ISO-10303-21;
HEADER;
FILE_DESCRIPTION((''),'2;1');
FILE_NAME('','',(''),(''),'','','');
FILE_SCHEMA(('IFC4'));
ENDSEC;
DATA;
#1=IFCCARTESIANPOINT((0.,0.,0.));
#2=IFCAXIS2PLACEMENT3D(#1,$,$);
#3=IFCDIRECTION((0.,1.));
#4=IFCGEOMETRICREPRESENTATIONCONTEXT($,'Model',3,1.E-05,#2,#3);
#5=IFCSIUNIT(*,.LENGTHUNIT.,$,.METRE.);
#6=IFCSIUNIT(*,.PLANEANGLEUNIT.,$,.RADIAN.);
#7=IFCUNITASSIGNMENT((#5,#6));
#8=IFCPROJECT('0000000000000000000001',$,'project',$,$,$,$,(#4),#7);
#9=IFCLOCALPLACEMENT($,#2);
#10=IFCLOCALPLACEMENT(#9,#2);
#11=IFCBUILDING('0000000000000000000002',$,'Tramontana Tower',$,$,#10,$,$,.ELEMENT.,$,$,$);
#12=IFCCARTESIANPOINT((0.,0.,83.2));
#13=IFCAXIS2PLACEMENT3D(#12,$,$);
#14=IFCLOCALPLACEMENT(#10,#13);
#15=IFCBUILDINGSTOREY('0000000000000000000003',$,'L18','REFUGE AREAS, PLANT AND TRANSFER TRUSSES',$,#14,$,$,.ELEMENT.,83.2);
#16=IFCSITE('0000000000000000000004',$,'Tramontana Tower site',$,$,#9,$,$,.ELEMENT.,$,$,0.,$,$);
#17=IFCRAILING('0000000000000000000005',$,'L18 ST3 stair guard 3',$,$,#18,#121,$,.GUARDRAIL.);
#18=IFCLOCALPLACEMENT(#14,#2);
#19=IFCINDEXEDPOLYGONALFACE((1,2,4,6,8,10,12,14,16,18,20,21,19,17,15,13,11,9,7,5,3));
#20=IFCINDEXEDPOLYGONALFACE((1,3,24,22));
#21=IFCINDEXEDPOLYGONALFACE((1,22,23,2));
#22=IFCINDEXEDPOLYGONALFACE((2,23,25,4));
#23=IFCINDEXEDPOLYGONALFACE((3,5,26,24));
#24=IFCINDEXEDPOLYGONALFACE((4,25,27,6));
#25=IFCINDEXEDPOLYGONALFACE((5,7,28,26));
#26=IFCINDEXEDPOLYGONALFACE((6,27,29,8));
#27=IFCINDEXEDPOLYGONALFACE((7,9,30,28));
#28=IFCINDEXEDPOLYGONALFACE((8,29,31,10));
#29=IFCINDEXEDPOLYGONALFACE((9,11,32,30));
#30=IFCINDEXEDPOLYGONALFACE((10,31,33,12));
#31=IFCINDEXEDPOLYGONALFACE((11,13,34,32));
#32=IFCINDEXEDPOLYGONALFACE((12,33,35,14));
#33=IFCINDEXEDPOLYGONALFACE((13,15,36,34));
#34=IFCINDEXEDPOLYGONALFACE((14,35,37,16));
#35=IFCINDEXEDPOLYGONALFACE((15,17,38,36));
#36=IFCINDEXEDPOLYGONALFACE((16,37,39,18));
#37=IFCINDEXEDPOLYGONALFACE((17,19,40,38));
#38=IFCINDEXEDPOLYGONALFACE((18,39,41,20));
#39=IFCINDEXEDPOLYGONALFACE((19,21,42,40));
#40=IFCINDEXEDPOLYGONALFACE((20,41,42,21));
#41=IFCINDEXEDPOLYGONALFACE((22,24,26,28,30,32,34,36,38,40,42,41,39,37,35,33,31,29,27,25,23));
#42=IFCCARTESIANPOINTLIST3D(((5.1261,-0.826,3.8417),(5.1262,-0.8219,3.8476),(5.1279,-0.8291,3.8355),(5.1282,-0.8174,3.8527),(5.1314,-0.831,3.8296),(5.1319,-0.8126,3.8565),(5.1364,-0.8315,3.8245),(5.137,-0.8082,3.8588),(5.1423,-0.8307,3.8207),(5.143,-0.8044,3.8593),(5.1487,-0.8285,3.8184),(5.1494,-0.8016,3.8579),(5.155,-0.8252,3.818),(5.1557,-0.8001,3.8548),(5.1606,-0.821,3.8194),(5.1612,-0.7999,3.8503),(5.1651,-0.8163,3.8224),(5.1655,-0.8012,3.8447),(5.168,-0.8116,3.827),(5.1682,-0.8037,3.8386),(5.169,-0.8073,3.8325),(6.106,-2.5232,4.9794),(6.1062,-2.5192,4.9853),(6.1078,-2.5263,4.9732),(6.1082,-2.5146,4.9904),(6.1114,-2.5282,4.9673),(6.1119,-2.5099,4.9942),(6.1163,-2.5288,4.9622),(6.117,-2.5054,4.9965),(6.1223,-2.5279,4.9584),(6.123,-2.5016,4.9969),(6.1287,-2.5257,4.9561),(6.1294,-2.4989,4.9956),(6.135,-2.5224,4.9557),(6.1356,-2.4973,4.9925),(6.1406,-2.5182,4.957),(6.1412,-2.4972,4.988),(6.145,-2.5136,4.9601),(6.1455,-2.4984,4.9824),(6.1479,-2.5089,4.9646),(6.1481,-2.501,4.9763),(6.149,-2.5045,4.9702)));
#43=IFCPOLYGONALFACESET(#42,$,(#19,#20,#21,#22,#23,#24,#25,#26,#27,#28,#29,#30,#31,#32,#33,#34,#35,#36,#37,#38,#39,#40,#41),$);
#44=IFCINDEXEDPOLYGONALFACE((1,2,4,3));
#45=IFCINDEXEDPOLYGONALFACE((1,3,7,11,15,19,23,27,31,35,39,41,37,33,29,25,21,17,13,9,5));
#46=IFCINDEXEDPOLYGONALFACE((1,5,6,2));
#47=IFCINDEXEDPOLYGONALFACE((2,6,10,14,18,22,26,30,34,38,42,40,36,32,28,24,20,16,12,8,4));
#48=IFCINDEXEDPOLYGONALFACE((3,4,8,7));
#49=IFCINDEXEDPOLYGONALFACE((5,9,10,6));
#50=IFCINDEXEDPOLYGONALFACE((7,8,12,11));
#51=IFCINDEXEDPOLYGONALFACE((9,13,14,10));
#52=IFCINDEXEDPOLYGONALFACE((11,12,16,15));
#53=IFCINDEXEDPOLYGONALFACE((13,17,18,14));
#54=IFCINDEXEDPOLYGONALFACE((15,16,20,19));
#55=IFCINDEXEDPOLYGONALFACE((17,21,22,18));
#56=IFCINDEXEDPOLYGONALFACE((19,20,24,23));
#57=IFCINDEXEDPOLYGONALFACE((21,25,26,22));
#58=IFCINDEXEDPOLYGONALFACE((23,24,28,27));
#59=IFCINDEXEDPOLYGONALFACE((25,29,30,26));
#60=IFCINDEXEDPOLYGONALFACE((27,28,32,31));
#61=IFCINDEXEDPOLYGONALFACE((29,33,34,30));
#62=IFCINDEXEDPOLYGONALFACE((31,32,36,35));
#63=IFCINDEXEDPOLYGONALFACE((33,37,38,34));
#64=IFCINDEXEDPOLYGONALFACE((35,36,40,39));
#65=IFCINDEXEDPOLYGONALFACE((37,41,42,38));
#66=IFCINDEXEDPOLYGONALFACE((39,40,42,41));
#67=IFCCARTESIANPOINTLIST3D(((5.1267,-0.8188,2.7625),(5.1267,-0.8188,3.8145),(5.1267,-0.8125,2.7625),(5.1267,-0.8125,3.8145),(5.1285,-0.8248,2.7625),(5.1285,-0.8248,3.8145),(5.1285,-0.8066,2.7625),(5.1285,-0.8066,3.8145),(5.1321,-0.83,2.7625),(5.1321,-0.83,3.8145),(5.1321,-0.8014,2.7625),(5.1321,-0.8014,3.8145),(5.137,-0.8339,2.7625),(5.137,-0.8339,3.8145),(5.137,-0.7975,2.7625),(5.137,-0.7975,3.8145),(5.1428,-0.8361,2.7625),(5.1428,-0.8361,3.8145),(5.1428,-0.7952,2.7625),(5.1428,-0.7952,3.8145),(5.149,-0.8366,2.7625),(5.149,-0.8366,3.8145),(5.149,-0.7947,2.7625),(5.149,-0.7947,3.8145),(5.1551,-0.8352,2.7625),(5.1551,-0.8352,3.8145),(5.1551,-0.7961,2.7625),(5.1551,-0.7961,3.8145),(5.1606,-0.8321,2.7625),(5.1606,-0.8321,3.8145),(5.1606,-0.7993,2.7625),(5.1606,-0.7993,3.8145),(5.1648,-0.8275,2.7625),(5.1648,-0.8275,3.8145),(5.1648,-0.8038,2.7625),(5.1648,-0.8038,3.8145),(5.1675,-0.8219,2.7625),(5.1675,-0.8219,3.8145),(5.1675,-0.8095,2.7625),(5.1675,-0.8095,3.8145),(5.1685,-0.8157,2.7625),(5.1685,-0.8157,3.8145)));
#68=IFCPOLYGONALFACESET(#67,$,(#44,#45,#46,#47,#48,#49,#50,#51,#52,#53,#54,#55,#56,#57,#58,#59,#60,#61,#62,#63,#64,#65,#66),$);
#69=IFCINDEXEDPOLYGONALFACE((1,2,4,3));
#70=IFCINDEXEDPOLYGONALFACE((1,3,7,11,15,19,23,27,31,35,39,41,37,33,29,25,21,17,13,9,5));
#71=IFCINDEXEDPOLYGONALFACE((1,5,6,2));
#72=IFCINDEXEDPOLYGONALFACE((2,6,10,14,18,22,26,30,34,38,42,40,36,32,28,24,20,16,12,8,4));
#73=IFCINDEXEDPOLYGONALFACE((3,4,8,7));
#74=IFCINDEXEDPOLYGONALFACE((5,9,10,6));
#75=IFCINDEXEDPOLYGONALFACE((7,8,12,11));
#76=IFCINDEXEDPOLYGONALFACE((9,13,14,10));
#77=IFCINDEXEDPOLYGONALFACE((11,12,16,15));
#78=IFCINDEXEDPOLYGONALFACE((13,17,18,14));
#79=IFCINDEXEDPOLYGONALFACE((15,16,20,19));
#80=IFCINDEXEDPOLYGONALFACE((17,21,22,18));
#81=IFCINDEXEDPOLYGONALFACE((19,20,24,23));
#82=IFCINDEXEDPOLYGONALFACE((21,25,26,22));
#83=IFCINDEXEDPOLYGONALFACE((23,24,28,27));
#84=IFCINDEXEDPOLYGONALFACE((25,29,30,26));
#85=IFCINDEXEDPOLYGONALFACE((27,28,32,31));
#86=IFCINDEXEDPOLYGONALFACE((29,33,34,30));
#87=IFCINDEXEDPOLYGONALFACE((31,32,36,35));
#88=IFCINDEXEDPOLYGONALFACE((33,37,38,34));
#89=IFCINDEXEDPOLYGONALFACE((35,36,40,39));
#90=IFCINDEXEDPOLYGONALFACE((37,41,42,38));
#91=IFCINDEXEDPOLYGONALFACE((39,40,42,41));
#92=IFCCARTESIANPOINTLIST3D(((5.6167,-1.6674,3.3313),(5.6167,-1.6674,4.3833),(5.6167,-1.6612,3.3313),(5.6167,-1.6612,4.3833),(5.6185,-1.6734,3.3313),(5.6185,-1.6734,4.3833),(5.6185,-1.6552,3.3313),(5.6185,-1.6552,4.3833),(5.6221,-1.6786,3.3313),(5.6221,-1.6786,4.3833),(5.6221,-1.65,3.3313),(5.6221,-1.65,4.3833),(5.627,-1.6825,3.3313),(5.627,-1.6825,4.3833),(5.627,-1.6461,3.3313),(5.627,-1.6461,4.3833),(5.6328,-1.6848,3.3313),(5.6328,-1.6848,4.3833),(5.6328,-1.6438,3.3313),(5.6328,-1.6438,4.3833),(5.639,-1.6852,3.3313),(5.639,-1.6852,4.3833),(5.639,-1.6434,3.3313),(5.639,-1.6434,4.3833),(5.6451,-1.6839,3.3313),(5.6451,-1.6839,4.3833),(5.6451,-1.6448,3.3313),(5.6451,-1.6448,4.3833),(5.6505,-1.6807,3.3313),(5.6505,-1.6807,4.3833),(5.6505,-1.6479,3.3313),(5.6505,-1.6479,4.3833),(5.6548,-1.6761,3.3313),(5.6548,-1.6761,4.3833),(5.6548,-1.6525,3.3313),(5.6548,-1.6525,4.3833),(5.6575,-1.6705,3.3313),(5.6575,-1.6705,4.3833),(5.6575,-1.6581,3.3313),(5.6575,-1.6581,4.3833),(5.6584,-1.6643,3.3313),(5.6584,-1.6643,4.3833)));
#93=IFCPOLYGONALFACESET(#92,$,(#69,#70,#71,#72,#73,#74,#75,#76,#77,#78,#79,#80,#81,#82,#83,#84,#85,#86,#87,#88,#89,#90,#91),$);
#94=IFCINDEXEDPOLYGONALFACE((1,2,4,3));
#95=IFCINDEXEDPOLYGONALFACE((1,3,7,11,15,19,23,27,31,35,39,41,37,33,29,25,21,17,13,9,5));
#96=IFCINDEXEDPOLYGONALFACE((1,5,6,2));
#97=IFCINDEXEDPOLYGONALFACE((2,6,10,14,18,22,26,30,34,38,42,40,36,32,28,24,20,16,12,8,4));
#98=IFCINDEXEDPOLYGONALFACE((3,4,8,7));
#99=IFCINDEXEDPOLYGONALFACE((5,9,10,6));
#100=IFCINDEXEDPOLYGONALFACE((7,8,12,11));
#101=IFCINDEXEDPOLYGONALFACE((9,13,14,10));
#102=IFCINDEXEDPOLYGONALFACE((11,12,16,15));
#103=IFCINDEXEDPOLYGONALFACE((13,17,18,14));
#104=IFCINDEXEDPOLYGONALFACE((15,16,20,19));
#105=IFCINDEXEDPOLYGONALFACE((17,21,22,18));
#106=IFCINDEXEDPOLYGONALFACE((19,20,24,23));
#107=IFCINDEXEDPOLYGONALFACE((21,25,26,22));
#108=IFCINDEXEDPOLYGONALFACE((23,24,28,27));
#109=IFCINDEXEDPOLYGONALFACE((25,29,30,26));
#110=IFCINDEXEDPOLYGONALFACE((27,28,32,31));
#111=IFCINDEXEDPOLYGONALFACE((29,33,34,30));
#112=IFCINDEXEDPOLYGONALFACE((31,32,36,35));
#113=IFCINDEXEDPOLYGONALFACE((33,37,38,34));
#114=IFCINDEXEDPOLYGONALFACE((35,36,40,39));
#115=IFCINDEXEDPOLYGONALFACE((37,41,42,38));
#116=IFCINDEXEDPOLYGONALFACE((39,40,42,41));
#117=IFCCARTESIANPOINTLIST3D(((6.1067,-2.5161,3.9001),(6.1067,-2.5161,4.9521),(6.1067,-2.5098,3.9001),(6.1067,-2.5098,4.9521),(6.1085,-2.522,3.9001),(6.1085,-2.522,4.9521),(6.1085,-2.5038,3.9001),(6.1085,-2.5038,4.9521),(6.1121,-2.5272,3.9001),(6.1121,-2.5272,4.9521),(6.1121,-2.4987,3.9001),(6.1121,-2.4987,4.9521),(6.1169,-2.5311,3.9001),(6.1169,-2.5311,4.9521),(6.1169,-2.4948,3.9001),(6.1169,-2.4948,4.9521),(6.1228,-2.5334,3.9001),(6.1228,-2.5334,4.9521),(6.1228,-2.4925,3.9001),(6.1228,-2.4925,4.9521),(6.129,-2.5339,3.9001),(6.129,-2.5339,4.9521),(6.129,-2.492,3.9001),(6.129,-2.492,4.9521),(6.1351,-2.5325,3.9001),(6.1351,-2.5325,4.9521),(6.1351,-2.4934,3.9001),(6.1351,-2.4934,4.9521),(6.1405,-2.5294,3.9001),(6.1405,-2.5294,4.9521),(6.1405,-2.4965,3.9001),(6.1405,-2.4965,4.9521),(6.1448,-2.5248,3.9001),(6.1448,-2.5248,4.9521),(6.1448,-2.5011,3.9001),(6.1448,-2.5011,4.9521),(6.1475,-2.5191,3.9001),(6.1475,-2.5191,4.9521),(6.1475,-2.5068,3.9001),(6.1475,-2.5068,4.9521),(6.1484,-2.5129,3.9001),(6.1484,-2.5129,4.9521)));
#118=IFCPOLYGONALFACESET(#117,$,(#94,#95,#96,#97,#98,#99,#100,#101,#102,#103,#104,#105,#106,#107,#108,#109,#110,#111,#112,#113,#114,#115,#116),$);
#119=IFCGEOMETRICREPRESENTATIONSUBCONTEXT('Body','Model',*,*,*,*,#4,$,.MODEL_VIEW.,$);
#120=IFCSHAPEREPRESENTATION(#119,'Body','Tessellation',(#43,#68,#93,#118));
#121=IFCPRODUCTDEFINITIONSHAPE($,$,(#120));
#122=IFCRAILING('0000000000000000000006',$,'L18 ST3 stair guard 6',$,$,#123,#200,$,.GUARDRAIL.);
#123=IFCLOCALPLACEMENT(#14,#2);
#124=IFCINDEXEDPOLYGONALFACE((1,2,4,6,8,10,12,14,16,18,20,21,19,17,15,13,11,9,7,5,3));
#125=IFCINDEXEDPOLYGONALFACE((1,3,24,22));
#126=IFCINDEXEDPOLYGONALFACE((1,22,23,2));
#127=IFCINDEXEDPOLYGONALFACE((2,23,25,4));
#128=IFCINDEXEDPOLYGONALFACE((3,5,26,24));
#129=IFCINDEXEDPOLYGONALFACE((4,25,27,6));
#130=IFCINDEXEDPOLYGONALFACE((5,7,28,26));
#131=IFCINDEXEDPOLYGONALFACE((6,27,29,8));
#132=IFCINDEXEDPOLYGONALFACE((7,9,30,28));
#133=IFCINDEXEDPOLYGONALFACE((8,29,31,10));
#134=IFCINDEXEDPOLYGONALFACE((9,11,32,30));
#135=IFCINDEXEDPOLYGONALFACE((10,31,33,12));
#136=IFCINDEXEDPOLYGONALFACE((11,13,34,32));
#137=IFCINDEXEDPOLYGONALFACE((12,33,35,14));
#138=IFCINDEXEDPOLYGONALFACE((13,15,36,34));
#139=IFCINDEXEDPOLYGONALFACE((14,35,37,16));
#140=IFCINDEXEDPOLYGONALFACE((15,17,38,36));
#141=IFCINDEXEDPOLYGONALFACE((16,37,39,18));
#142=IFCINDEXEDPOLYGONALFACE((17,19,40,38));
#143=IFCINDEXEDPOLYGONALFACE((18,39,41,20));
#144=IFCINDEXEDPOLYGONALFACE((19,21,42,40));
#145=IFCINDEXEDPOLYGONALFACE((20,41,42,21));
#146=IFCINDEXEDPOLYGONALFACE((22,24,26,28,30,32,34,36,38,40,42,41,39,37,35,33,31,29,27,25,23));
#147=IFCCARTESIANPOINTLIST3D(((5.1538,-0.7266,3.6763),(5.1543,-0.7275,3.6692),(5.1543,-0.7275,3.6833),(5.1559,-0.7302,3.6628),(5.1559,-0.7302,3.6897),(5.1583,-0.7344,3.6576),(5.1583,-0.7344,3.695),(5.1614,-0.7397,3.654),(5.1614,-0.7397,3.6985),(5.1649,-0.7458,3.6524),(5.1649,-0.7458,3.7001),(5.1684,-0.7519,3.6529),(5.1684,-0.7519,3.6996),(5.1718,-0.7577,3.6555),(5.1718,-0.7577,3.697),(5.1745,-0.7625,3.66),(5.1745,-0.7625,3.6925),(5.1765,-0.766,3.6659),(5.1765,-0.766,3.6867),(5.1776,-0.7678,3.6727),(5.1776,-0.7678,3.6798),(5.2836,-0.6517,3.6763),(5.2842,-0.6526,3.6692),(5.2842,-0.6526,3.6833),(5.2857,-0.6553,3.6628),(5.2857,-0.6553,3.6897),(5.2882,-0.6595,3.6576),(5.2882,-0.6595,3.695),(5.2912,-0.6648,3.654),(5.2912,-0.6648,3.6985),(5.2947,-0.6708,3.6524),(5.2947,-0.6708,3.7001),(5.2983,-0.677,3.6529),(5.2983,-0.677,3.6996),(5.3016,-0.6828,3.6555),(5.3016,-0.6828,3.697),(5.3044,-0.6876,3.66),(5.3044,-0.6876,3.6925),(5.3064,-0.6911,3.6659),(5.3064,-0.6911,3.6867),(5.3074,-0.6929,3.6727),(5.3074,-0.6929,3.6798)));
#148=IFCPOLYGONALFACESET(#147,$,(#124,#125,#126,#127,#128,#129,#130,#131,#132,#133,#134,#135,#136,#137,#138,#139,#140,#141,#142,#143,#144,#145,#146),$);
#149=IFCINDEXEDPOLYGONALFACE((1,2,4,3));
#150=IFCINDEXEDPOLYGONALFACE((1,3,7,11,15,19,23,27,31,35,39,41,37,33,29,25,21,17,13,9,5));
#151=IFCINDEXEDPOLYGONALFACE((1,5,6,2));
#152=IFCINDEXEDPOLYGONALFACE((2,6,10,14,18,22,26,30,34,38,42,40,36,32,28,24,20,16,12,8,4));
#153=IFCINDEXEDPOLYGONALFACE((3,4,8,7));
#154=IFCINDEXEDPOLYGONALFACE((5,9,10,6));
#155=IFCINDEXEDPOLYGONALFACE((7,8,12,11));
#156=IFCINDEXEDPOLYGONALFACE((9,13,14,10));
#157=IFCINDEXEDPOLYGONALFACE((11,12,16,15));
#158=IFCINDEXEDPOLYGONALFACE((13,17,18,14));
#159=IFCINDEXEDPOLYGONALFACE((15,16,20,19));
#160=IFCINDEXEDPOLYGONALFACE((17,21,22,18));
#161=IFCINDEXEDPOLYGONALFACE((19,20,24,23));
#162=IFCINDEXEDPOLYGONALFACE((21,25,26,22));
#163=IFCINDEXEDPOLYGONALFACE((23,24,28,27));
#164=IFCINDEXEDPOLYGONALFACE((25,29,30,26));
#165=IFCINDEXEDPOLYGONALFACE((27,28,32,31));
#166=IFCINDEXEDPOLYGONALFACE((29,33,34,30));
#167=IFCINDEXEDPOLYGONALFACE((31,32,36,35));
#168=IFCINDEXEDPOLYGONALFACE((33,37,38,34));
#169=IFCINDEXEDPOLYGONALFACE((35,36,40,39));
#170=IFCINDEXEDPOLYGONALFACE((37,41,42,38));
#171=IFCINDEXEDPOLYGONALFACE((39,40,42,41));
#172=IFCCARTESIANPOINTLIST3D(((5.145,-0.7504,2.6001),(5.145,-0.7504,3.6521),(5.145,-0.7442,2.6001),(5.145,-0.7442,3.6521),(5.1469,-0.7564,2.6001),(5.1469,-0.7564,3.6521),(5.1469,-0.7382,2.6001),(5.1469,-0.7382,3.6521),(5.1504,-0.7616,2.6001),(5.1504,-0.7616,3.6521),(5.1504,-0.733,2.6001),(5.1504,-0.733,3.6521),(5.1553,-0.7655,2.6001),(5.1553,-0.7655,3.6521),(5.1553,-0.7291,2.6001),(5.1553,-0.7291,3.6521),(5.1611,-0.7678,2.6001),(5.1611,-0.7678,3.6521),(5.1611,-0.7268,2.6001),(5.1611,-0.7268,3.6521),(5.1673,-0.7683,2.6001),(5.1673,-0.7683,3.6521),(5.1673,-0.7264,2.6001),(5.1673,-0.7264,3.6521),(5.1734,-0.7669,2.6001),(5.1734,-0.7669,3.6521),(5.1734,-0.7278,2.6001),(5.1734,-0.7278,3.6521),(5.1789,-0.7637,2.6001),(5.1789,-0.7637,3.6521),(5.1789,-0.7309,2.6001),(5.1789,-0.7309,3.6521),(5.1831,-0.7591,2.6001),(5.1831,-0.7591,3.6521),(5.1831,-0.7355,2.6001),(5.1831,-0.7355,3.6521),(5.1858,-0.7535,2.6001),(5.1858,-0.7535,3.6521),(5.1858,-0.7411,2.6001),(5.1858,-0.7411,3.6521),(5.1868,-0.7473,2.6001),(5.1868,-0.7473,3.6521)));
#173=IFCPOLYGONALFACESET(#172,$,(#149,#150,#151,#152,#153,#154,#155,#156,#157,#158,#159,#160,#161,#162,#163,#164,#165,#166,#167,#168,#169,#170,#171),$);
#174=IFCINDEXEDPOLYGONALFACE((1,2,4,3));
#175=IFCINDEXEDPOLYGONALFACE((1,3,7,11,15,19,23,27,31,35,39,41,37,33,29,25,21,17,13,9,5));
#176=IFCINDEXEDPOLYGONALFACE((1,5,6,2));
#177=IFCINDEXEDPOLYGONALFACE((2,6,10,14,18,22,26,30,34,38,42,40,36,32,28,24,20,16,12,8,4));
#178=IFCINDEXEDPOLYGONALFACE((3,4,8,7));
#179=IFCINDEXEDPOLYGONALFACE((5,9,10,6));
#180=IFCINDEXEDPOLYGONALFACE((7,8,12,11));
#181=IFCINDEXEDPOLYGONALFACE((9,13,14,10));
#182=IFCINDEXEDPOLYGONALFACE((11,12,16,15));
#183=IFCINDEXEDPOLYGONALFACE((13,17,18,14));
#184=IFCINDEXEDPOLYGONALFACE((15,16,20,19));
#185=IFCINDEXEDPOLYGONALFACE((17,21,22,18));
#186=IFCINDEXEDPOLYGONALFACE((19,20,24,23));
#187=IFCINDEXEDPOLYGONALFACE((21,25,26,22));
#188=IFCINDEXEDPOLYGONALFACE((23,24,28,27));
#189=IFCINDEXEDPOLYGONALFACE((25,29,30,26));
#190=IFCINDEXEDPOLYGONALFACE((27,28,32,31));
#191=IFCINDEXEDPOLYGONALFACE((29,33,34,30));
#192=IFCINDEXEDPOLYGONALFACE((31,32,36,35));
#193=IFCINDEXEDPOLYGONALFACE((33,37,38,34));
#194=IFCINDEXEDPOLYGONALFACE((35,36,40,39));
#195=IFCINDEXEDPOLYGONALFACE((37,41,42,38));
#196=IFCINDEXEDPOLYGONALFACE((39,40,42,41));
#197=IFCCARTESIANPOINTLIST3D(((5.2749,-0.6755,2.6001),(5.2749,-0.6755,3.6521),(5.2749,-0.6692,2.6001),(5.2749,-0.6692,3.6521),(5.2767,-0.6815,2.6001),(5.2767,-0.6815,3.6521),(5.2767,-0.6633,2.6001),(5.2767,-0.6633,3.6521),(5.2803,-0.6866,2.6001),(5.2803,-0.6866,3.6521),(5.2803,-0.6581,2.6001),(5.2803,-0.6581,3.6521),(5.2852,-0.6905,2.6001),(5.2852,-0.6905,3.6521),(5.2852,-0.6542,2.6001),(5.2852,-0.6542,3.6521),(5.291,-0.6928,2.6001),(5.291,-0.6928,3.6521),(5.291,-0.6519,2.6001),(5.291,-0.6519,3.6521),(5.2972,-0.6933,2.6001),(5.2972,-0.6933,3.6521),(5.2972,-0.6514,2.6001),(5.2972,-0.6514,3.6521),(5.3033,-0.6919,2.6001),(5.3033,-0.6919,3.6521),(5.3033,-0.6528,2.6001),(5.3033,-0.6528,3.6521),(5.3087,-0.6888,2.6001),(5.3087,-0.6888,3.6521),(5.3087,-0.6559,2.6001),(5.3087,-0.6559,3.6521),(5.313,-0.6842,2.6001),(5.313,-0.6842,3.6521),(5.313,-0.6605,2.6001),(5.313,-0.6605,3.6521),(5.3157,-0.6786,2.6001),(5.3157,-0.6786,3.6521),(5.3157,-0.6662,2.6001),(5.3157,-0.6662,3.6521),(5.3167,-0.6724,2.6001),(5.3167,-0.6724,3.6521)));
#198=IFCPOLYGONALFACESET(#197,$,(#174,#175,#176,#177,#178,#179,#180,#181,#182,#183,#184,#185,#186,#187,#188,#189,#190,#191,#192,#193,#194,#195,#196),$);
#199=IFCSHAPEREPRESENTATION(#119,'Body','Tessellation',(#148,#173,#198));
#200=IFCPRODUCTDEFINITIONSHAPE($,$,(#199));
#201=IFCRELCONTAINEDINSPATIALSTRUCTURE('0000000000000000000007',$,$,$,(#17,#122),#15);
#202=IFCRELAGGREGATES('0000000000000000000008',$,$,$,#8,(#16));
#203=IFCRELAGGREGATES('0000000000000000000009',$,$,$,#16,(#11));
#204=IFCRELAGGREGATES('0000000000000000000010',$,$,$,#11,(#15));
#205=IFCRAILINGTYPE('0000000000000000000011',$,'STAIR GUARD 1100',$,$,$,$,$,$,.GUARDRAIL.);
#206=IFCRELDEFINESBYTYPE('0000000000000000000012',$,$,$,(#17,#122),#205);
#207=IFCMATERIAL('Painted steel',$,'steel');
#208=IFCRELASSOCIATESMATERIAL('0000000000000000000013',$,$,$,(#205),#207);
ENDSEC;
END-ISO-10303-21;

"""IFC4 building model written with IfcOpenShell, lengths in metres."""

from ifc_helpers import new_model, si_unit, direction, frame, origin, origin_2d, place, context, subcontext, project, spatial, circle, extrude, material, type_object, element, save


model = new_model("IFC4")

# Units and contexts
model_context = context("Model", 3, precision=1e-05, world=origin(), true_north=direction((0.0, 1.0)))
body_context = subcontext(model_context, "Body", "Model", "MODEL_VIEW")
ifc_project = project(units=[si_unit("LENGTHUNIT", "METRE"), si_unit("PLANEANGLEUNIT", "RADIAN")], contexts=[model_context])

# Site, building, storey
site_placement = place(None, origin())
site = spatial("IfcSite", under=ifc_project, at=site_placement, Name="Tramontana Tower site", CompositionType="ELEMENT", RefElevation=0.0)
building_placement = place(site_placement, origin())
building = spatial("IfcBuilding", under=site, at=building_placement, Name="Tramontana Tower", CompositionType="ELEMENT")
storey_placement = place(building_placement, frame((0.0, 0.0, 83.2)))
storey = spatial("IfcBuildingStorey", under=building, at=storey_placement, Name="L18", Description="REFUGE AREAS, PLANT AND TRANSFER TRUSSES", CompositionType="ELEMENT", Elevation=83.2)

# Railings
ifc_material_1 = material(Name="Painted steel", Category="steel")
railing_type_1 = type_object("IfcRailingType", Name="STAIR GUARD 1100", PredefinedType="GUARDRAIL", material=ifc_material_1)
railing_1_placement = place(storey_placement, frame((5.1475, -0.8157, 2.7625)))
element("IfcRailing", 1, at=railing_1_placement, inside=storey, type_object=railing_type_1, Name="L18 ST3 stair guard 3", PredefinedType="GUARDRAIL", context=body_context, shape_type="SweptSolid", body=[
    extrude(circle(Radius=0.0239, at=origin_2d()), frame((0.0, 0.0, 1.0762), z_axis=(0.432443, -0.748965, 0.502039), x_axis=(0.866011, 0.500024, 0.0)), (0.0, 0.0, 1.0), 2.2661),
    extrude(circle(Radius=0.021, at=origin_2d()), origin(), (0.0, 0.0, 1.0), 1.052),
    extrude(circle(Radius=0.021, at=origin_2d()), frame((0.49, -0.8486, 0.5688)), (0.0, 0.0, 1.0), 1.052),
    extrude(circle(Radius=0.021, at=origin_2d()), frame((0.98, -1.6973, 1.1377)), (0.0, 0.0, 1.0), 1.052),
])
for number, where, name in (
    (2, (5.1658, -0.7473, 2.6001), "L18 ST3 stair guard 6"),
):
    element("IfcRailing", number, at=place(storey_placement, frame(where)), inside=storey, type_object=railing_type_1, Name=name, PredefinedType="GUARDRAIL", context=body_context, shape_type="SweptSolid", body=[
        extrude(circle(Radius=0.0239, at=origin_2d()), frame((0.0, 0.0, 1.0762), z_axis=(0.866131, 0.499816, 0.0), x_axis=(-0.499816, 0.866131, 0.0)), (0.0, 0.0, 1.0), 0.1499),
        extrude(circle(Radius=0.021, at=origin_2d()), origin(), (0.0, 0.0, 1.0), 1.052),
        extrude(circle(Radius=0.021, at=origin_2d()), frame((0.1299, 0.075, 0.0)), (0.0, 0.0, 1.0), 1.052),
    ])

save(model, "model.ifc")
